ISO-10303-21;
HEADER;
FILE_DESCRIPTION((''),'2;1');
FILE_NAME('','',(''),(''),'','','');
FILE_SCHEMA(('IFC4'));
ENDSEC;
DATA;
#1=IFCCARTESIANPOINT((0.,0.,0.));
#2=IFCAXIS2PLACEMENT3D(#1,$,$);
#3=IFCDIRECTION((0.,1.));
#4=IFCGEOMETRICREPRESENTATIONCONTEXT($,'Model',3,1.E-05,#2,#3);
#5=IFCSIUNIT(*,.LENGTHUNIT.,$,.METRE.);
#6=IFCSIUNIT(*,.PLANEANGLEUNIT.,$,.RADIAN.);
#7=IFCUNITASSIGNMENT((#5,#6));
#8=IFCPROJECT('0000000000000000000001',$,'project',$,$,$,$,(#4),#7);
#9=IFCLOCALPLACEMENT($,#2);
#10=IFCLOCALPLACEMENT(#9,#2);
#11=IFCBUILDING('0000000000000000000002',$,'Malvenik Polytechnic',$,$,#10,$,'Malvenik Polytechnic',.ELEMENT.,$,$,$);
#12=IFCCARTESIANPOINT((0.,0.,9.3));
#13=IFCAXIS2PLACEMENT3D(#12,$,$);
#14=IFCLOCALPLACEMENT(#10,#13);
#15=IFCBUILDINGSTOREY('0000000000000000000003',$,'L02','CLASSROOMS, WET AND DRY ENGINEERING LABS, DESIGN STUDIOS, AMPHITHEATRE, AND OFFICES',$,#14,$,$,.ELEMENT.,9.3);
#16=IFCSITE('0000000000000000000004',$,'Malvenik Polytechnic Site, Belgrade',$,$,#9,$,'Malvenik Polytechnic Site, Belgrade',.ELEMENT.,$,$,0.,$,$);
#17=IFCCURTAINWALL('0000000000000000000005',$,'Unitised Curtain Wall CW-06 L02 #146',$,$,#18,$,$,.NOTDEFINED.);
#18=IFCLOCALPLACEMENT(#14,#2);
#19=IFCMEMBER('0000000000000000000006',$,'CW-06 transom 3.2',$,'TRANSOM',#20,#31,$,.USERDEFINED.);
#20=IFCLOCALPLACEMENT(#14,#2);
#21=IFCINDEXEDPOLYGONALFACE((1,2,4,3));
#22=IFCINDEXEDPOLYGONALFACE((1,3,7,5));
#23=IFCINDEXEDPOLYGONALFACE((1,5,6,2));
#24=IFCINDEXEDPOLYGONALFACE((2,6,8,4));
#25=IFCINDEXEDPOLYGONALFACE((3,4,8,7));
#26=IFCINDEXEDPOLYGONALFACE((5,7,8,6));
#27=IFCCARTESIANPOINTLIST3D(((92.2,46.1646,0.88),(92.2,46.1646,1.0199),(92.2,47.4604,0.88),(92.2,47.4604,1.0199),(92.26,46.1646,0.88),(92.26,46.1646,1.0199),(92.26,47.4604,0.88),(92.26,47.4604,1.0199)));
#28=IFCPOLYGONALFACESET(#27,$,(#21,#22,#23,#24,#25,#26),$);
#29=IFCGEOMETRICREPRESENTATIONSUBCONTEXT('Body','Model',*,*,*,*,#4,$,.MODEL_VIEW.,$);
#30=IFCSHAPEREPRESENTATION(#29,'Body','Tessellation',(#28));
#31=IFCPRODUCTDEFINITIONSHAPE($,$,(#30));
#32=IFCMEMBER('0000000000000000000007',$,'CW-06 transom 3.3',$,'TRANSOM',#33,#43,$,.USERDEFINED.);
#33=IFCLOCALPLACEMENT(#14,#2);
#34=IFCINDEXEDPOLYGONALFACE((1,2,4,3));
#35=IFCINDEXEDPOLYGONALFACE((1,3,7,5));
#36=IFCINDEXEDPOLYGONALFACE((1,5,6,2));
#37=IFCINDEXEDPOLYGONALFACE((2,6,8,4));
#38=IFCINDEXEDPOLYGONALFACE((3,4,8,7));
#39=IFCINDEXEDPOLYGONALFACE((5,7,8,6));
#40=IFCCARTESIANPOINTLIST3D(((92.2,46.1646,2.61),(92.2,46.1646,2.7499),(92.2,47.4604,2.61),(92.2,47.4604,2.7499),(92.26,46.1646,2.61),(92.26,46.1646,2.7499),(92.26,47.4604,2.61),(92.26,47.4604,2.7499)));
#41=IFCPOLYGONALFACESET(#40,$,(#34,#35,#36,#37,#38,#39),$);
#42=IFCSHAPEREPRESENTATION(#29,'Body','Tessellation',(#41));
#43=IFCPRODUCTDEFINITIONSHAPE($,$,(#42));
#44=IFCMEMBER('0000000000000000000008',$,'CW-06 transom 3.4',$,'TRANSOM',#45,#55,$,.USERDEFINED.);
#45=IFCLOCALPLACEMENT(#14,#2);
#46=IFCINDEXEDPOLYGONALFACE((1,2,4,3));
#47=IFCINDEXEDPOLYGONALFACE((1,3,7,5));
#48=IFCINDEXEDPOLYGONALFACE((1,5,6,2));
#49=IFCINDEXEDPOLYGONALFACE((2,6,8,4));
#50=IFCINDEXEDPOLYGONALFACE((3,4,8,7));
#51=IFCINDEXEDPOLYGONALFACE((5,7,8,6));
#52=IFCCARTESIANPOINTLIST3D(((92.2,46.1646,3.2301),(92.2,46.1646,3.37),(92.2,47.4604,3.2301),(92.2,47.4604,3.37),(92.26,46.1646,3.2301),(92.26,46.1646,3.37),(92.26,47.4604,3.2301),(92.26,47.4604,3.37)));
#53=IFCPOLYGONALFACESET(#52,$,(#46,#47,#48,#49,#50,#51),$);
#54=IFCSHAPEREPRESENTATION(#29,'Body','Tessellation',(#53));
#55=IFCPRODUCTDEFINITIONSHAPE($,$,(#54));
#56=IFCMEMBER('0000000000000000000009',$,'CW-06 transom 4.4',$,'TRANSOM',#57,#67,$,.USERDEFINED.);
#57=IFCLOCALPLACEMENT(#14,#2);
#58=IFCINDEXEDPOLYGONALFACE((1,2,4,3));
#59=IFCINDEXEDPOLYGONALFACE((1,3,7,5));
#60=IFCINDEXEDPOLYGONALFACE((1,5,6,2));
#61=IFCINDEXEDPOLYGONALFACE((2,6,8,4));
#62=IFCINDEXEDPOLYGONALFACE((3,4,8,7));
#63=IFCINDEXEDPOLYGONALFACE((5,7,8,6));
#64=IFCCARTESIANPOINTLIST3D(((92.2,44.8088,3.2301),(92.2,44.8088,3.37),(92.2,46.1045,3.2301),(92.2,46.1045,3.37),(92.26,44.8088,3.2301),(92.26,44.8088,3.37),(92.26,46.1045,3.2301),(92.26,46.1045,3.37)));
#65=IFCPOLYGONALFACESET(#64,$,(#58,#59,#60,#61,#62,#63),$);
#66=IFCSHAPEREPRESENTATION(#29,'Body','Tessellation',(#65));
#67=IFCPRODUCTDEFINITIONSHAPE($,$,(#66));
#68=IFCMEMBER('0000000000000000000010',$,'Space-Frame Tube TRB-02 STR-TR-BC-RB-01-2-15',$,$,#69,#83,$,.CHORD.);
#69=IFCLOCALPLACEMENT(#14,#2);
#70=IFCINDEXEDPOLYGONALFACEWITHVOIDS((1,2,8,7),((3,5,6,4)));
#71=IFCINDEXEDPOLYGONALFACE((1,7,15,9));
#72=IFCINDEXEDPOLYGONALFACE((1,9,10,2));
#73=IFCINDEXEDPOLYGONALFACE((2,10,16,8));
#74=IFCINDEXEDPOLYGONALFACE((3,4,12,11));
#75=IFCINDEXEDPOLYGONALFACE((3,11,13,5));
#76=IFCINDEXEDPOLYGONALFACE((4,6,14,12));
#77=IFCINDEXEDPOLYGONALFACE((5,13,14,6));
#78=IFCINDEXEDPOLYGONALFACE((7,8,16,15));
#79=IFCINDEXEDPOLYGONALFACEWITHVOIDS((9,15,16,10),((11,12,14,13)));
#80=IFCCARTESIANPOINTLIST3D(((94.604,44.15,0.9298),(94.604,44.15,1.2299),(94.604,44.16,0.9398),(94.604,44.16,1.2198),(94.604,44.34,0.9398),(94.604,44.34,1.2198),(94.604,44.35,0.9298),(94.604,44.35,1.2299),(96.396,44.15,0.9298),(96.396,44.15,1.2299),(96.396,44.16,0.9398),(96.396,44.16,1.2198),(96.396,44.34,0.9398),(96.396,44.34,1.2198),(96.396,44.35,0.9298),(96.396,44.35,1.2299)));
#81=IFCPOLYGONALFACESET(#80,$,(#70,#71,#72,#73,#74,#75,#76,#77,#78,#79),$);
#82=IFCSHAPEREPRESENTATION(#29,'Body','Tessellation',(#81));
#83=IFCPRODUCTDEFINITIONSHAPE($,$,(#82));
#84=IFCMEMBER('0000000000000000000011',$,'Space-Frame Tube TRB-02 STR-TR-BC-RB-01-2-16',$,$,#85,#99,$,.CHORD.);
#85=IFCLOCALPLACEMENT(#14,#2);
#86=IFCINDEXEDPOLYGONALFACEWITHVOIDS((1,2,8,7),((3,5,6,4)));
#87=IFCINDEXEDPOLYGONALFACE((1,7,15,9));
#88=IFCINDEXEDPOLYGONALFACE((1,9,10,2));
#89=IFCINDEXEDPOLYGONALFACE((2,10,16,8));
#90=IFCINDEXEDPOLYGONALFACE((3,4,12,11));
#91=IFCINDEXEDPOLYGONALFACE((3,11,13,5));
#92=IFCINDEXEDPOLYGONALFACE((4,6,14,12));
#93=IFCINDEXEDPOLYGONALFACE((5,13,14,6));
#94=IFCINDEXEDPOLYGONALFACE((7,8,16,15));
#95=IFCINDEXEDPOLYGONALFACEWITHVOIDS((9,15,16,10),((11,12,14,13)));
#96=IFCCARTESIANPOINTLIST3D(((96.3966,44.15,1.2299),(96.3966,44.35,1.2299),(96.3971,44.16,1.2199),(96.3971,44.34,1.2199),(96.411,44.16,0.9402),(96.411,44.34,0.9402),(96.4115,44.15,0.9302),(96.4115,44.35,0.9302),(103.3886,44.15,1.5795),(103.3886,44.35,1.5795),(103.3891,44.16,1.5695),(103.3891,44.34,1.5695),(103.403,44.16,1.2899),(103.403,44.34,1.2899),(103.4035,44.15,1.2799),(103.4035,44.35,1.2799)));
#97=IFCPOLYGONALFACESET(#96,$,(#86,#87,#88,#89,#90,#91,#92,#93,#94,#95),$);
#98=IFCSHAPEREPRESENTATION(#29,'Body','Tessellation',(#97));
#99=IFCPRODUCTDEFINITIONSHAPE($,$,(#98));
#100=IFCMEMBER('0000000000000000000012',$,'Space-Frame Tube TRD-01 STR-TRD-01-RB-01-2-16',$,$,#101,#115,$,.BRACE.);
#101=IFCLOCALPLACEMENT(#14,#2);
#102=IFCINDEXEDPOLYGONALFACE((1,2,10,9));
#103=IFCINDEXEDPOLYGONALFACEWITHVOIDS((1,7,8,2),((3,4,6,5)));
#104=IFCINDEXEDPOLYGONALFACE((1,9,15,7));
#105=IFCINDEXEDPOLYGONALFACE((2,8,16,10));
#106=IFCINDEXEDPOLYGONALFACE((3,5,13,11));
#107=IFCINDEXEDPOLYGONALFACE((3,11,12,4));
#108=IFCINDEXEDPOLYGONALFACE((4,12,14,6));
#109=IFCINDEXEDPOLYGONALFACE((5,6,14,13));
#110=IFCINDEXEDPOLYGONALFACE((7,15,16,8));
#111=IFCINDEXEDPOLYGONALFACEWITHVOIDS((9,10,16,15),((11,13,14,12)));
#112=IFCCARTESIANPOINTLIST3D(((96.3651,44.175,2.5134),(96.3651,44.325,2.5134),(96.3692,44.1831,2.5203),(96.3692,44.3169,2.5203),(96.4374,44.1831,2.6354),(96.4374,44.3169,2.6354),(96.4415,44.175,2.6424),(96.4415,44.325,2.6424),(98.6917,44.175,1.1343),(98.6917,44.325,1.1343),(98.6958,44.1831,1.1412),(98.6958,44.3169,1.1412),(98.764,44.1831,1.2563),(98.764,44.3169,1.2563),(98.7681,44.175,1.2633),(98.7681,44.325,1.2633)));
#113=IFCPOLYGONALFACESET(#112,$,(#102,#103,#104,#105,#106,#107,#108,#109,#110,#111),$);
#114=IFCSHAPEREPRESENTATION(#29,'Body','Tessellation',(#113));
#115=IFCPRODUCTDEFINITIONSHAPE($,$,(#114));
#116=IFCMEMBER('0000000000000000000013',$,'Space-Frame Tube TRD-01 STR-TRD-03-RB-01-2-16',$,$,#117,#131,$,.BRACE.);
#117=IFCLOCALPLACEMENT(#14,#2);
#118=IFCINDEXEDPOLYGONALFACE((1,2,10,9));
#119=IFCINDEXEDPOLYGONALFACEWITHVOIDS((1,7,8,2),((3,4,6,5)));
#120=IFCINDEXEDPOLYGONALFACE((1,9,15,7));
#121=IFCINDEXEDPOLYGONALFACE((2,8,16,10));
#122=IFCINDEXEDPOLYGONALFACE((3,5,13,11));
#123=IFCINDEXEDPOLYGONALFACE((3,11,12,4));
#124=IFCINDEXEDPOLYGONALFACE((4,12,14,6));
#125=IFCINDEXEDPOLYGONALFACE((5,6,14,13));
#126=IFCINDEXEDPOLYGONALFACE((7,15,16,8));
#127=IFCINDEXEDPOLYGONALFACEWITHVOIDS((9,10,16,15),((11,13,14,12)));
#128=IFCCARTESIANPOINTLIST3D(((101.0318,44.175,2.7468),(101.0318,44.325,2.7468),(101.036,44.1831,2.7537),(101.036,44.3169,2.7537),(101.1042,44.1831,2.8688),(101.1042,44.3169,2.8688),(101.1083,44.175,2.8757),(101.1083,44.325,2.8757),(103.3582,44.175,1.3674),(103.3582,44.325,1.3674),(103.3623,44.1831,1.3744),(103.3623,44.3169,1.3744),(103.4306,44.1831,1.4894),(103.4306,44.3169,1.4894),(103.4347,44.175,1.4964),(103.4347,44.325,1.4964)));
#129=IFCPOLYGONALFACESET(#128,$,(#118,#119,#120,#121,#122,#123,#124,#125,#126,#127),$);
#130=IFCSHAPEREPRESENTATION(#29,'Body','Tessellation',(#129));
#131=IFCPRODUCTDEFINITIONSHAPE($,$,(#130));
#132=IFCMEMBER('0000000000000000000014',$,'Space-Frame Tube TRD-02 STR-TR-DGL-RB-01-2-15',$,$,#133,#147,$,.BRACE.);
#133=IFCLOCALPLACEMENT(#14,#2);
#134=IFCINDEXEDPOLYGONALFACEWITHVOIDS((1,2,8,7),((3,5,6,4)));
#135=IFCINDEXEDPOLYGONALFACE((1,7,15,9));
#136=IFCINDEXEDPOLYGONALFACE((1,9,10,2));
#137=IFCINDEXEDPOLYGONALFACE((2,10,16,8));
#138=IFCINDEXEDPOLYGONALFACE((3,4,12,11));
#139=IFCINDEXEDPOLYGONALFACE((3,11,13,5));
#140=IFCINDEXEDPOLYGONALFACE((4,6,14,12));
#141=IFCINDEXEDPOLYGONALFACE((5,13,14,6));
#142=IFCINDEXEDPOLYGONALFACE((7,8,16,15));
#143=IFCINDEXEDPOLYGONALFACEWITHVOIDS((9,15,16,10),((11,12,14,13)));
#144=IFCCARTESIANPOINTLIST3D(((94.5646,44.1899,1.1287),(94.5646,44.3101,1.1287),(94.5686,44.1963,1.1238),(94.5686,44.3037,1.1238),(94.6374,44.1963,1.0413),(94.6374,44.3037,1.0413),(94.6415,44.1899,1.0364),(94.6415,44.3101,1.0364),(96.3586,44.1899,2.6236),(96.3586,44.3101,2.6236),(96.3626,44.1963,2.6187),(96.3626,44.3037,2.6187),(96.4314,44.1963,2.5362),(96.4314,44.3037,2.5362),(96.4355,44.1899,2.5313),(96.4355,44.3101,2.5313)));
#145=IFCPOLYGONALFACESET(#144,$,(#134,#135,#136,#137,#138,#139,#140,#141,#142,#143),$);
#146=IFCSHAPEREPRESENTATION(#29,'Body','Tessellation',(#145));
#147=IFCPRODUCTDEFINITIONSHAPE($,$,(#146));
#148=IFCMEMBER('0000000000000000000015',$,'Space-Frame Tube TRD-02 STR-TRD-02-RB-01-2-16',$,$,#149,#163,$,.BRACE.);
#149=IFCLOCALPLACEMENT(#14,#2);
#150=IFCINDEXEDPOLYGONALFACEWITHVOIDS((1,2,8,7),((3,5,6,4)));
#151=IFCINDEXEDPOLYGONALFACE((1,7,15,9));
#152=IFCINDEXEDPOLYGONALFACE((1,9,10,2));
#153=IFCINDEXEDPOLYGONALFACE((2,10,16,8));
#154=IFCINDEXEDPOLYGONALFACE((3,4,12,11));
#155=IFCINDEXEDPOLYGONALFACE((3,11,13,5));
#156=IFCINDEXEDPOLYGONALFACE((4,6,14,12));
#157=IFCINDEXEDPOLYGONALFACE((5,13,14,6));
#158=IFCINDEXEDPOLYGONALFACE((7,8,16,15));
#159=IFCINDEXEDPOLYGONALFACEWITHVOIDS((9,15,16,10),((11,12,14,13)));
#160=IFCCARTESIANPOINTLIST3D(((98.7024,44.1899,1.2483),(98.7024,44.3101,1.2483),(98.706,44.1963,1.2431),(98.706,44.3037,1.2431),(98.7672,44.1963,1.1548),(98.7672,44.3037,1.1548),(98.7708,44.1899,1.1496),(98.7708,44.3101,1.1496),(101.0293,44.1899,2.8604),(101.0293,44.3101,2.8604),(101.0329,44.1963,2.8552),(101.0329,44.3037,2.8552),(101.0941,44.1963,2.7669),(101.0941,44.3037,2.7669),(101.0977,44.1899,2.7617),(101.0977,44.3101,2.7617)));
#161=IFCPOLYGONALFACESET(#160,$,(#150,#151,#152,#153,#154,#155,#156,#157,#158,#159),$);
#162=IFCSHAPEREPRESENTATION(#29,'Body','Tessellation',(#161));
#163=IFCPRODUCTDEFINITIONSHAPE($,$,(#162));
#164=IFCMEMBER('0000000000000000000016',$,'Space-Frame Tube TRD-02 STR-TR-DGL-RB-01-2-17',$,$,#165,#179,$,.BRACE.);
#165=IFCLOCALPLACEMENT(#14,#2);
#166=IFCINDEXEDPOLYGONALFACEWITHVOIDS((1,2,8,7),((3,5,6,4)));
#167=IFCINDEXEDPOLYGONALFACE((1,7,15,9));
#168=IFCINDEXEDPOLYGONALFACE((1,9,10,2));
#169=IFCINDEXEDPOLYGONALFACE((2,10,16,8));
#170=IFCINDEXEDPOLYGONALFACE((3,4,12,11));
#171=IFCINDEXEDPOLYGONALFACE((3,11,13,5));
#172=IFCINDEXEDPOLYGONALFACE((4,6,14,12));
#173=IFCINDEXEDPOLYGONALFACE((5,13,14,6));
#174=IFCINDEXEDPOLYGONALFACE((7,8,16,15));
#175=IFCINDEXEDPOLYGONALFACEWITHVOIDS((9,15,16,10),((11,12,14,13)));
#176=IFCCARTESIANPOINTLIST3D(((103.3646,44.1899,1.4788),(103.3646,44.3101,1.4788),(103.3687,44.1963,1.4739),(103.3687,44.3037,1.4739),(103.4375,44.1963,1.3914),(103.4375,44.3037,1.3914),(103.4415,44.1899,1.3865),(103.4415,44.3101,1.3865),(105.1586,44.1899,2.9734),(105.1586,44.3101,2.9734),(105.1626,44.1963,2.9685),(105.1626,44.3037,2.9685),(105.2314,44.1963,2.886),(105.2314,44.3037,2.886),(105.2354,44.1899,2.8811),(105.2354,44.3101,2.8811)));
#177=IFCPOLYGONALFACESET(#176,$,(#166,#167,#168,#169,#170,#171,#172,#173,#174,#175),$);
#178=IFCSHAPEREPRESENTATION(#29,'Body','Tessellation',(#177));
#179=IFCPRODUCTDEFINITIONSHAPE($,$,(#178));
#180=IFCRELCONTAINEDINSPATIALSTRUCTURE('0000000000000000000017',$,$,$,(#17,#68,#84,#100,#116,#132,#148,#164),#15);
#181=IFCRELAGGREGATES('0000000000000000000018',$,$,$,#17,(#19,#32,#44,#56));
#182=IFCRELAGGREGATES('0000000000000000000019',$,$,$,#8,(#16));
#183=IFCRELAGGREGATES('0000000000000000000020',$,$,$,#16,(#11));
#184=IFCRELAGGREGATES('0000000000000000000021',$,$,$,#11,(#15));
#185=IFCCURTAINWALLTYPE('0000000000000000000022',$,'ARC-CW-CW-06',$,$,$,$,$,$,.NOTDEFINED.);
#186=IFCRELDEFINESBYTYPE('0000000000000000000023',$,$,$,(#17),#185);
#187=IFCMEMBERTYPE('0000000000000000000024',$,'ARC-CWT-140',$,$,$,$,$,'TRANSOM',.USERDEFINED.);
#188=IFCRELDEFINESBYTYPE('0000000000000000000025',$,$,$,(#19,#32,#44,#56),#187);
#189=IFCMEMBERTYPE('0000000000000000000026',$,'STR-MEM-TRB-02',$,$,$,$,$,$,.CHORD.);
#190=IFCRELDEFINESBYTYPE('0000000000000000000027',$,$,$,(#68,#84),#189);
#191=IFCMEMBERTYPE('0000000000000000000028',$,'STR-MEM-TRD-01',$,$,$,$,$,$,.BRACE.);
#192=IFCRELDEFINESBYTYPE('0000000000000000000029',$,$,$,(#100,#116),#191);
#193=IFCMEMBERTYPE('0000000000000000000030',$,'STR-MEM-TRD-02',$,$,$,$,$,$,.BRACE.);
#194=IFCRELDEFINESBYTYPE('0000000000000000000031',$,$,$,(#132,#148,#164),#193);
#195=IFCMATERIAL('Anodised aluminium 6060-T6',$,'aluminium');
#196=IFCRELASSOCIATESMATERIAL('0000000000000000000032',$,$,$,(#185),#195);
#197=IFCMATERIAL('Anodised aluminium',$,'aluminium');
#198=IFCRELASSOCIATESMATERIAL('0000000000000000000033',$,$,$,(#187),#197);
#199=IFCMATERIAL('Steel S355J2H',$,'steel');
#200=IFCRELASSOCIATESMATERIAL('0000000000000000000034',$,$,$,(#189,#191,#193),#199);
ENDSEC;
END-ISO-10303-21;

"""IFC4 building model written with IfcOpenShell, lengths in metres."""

from ifc_helpers import new_model, si_unit, direction, frame, origin, origin_2d, place, context, subcontext, project, spatial, rectangle, hollow_rectangle, extrude, material, material_profile, profile_set, type_object, element, aggregate, save


model = new_model("IFC4")

# Units and contexts
model_context = context("Model", 3, precision=1e-05, world=origin(), true_north=direction((0.0, 1.0)))
body_context = subcontext(model_context, "Body", "Model", "MODEL_VIEW")
ifc_project = project(units=[si_unit("LENGTHUNIT", "METRE"), si_unit("PLANEANGLEUNIT", "RADIAN")], contexts=[model_context])

# Site, building, storey
site_placement = place(None, origin())
site = spatial("IfcSite", under=ifc_project, at=site_placement, Name="Malvenik Polytechnic Site, Belgrade", LongName="Malvenik Polytechnic Site, Belgrade", CompositionType="ELEMENT", RefElevation=0.0)
building_placement = place(site_placement, origin())
building = spatial("IfcBuilding", under=site, at=building_placement, Name="Malvenik Polytechnic", LongName="Malvenik Polytechnic", CompositionType="ELEMENT")
storey_placement = place(building_placement, frame((0.0, 0.0, 9.3)))
storey = spatial("IfcBuildingStorey", under=building, at=storey_placement, Name="L02", Description="CLASSROOMS, WET AND DRY ENGINEERING LABS, DESIGN STUDIOS, AMPHITHEATRE, AND OFFICES", CompositionType="ELEMENT", Elevation=9.3)

# Shared definitions
ifc_material_1 = material(Name="Steel S355J2H", Category="steel")

# Curtain wall, members
ifc_material_2 = material(Name="Anodised aluminium 6060-T6", Category="aluminium")
curtain_wall_type = type_object("IfcCurtainWallType", Name="ARC-CW-CW-06", PredefinedType="NOTDEFINED", material=ifc_material_2)
curtain_wall_placement = place(storey_placement, origin())
curtain_wall = element("IfcCurtainWall", 1, at=curtain_wall_placement, inside=storey, type_object=curtain_wall_type, Name="Unitised Curtain Wall CW-06 L02 #146", PredefinedType="NOTDEFINED")
ifc_material_3 = material(Name="Anodised aluminium", Category="aluminium")
ifc_material_profile_1 = material_profile(ifc_material_3, rectangle(XDim=0.0601, YDim=0.1399, at=origin_2d()), Name="ALU TRANSOM 60x140")
ifc_profile_set_1 = profile_set([ifc_material_profile_1], Name="Anodised aluminium")
member_type_1 = type_object("IfcMemberType", Name="ARC-CWT-140", ElementType="TRANSOM", PredefinedType="USERDEFINED", material=ifc_profile_set_1)
member_1_placement = place(storey_placement, frame((92.23, 47.4604, 0.95), z_axis=(0.0, -1.0, 0.0), x_axis=(1.0, 0.0, 0.0)))
member_1 = element("IfcMember", 2, at=member_1_placement, type_object=member_type_1, Name="CW-06 transom 3.2", ObjectType="TRANSOM", PredefinedType="USERDEFINED", context=body_context, shape_type="SweptSolid", body=[
    extrude(rectangle(XDim=0.0601, YDim=0.1399, at=origin_2d()), origin(), (0.0, 0.0, 1.0), 1.2959),
])
member_2_placement = place(storey_placement, frame((92.23, 47.4604, 2.6799), z_axis=(0.0, -1.0, 0.0), x_axis=(1.0, 0.0, 0.0)))
member_2 = element("IfcMember", 3, at=member_2_placement, type_object=member_type_1, Name="CW-06 transom 3.3", ObjectType="TRANSOM", PredefinedType="USERDEFINED", context=body_context, shape_type="SweptSolid", body=[
    extrude(rectangle(XDim=0.0601, YDim=0.1399, at=origin_2d()), origin(), (0.0, 0.0, 1.0), 1.2959),
])
member_3_placement = place(storey_placement, frame((92.23, 47.4604, 3.3), z_axis=(0.0, -1.0, 0.0), x_axis=(1.0, 0.0, 0.0)))
member_3 = element("IfcMember", 4, at=member_3_placement, type_object=member_type_1, Name="CW-06 transom 3.4", ObjectType="TRANSOM", PredefinedType="USERDEFINED", context=body_context, shape_type="SweptSolid", body=[
    extrude(rectangle(XDim=0.0601, YDim=0.1399, at=origin_2d()), origin(), (0.0, 0.0, 1.0), 1.2959),
])
member_4_placement = place(storey_placement, frame((92.23, 46.1045, 3.3), z_axis=(0.0, -1.0, 0.0), x_axis=(1.0, 0.0, 0.0)))
member_4 = element("IfcMember", 5, at=member_4_placement, type_object=member_type_1, Name="CW-06 transom 4.4", ObjectType="TRANSOM", PredefinedType="USERDEFINED", context=body_context, shape_type="SweptSolid", body=[
    extrude(rectangle(XDim=0.0601, YDim=0.1399, at=origin_2d()), origin(), (0.0, 0.0, 1.0), 1.2957),
])

# Members
ifc_material_profile_2 = material_profile(ifc_material_1, hollow_rectangle(XDim=0.2, YDim=0.3, WallThickness=0.01, at=origin_2d()), Name="RHS 300x200x10.0")
ifc_profile_set_2 = profile_set([ifc_material_profile_2], Name="Steel S355J2H")
member_type_2 = type_object("IfcMemberType", Name="STR-MEM-TRB-02", PredefinedType="CHORD", material=ifc_profile_set_2)
member_5_placement = place(storey_placement, frame((94.604, 44.25, 1.0798), z_axis=(1.0, 0.0, 0.0), x_axis=(0.0, 1.0, 0.0)))
element("IfcMember", 6, at=member_5_placement, inside=storey, type_object=member_type_2, Name="Space-Frame Tube TRB-02 STR-TR-BC-RB-01-2-15", PredefinedType="CHORD", context=body_context, shape_type="SweptSolid", body=[
    extrude(hollow_rectangle(XDim=0.2, YDim=0.3, WallThickness=0.01, at=origin_2d()), origin(), (0.0, 0.0, 1.0), 1.792),
])
member_6_placement = place(storey_placement, frame((96.4041, 44.25, 1.0801), z_axis=(0.998752, 0.0, 0.049939), x_axis=(0.0, 1.0, 0.0)))
element("IfcMember", 7, at=member_6_placement, inside=storey, type_object=member_type_2, Name="Space-Frame Tube TRB-02 STR-TR-BC-RB-01-2-16", PredefinedType="CHORD", context=body_context, shape_type="SweptSolid", body=[
    extrude(hollow_rectangle(XDim=0.2, YDim=0.3, WallThickness=0.01, at=origin_2d()), origin(), (0.0, 0.0, 1.0), 7.0007),
])
ifc_material_profile_3 = material_profile(ifc_material_1, hollow_rectangle(XDim=0.1499, YDim=0.1499, WallThickness=0.0081, at=origin_2d()), Name="SHS 150x150x8.0")
ifc_profile_set_3 = profile_set([ifc_material_profile_3], Name="Steel S355J2H")
member_type_3 = type_object("IfcMemberType", Name="STR-MEM-TRD-01", PredefinedType="BRACE", material=ifc_profile_set_3)
for number, where, z_axis, x_axis, name in (
    (8, (96.4033, 44.25, 2.5779), (0.860228, 0.0, -0.509909), (0.0, 1.0, 0.0), "Space-Frame Tube TRD-01 STR-TRD-01-RB-01-2-16"),
    (9, (101.0701, 44.25, 2.8113), (0.860165, 0.0, -0.510015), (0.0, 1.0, 0.0), "Space-Frame Tube TRD-01 STR-TRD-03-RB-01-2-16"),
):
    element("IfcMember", number, at=place(storey_placement, frame(where, z_axis=z_axis, x_axis=x_axis)), inside=storey, type_object=member_type_3, Name=name, PredefinedType="BRACE", context=body_context, shape_type="SweptSolid", body=[
        extrude(hollow_rectangle(XDim=0.1499, YDim=0.1499, WallThickness=0.0081, at=origin_2d()), origin(), (0.0, 0.0, 1.0), 2.7046),
    ])
ifc_material_profile_4 = material_profile(ifc_material_1, hollow_rectangle(XDim=0.1201, YDim=0.1201, WallThickness=0.0063, at=origin_2d()), Name="SHS 120x120x6.3")
ifc_profile_set_4 = profile_set([ifc_material_profile_4], Name="Steel S355J2H")
member_type_4 = type_object("IfcMemberType", Name="STR-MEM-TRD-02", PredefinedType="BRACE", material=ifc_profile_set_4)
member_7_placement = place(storey_placement, frame((94.603, 44.25, 1.0825), z_axis=(0.768238, 0.0, 0.640164), x_axis=(0.0, 1.0, 0.0)))
element("IfcMember", 10, at=member_7_placement, inside=storey, type_object=member_type_4, Name="Space-Frame Tube TRD-02 STR-TR-DGL-RB-01-2-15", PredefinedType="BRACE", context=body_context, shape_type="SweptSolid", body=[
    extrude(hollow_rectangle(XDim=0.1201, YDim=0.1201, WallThickness=0.0063, at=origin_2d()), origin(), (0.0, 0.0, 1.0), 2.3352),
])
member_8_placement = place(storey_placement, frame((98.7366, 44.25, 1.199), z_axis=(0.822006, 0.0, 0.569479), x_axis=(0.0, 1.0, 0.0)))
element("IfcMember", 11, at=member_8_placement, inside=storey, type_object=member_type_4, Name="Space-Frame Tube TRD-02 STR-TRD-02-RB-01-2-16", PredefinedType="BRACE", context=body_context, shape_type="SweptSolid", body=[
    extrude(hollow_rectangle(XDim=0.1201, YDim=0.1201, WallThickness=0.0063, at=origin_2d()), origin(), (0.0, 0.0, 1.0), 2.8308),
])
member_9_placement = place(storey_placement, frame((103.4031, 44.25, 1.4326), z_axis=(0.76829, 0.0, 0.640102), x_axis=(0.0, 1.0, 0.0)))
element("IfcMember", 12, at=member_9_placement, inside=storey, type_object=member_type_4, Name="Space-Frame Tube TRD-02 STR-TR-DGL-RB-01-2-17", PredefinedType="BRACE", context=body_context, shape_type="SweptSolid", body=[
    extrude(hollow_rectangle(XDim=0.1201, YDim=0.1201, WallThickness=0.0063, at=origin_2d()), origin(), (0.0, 0.0, 1.0), 2.335),
])

aggregate(curtain_wall, [member_1, member_2, member_3, member_4])

save(model, "model.ifc")
